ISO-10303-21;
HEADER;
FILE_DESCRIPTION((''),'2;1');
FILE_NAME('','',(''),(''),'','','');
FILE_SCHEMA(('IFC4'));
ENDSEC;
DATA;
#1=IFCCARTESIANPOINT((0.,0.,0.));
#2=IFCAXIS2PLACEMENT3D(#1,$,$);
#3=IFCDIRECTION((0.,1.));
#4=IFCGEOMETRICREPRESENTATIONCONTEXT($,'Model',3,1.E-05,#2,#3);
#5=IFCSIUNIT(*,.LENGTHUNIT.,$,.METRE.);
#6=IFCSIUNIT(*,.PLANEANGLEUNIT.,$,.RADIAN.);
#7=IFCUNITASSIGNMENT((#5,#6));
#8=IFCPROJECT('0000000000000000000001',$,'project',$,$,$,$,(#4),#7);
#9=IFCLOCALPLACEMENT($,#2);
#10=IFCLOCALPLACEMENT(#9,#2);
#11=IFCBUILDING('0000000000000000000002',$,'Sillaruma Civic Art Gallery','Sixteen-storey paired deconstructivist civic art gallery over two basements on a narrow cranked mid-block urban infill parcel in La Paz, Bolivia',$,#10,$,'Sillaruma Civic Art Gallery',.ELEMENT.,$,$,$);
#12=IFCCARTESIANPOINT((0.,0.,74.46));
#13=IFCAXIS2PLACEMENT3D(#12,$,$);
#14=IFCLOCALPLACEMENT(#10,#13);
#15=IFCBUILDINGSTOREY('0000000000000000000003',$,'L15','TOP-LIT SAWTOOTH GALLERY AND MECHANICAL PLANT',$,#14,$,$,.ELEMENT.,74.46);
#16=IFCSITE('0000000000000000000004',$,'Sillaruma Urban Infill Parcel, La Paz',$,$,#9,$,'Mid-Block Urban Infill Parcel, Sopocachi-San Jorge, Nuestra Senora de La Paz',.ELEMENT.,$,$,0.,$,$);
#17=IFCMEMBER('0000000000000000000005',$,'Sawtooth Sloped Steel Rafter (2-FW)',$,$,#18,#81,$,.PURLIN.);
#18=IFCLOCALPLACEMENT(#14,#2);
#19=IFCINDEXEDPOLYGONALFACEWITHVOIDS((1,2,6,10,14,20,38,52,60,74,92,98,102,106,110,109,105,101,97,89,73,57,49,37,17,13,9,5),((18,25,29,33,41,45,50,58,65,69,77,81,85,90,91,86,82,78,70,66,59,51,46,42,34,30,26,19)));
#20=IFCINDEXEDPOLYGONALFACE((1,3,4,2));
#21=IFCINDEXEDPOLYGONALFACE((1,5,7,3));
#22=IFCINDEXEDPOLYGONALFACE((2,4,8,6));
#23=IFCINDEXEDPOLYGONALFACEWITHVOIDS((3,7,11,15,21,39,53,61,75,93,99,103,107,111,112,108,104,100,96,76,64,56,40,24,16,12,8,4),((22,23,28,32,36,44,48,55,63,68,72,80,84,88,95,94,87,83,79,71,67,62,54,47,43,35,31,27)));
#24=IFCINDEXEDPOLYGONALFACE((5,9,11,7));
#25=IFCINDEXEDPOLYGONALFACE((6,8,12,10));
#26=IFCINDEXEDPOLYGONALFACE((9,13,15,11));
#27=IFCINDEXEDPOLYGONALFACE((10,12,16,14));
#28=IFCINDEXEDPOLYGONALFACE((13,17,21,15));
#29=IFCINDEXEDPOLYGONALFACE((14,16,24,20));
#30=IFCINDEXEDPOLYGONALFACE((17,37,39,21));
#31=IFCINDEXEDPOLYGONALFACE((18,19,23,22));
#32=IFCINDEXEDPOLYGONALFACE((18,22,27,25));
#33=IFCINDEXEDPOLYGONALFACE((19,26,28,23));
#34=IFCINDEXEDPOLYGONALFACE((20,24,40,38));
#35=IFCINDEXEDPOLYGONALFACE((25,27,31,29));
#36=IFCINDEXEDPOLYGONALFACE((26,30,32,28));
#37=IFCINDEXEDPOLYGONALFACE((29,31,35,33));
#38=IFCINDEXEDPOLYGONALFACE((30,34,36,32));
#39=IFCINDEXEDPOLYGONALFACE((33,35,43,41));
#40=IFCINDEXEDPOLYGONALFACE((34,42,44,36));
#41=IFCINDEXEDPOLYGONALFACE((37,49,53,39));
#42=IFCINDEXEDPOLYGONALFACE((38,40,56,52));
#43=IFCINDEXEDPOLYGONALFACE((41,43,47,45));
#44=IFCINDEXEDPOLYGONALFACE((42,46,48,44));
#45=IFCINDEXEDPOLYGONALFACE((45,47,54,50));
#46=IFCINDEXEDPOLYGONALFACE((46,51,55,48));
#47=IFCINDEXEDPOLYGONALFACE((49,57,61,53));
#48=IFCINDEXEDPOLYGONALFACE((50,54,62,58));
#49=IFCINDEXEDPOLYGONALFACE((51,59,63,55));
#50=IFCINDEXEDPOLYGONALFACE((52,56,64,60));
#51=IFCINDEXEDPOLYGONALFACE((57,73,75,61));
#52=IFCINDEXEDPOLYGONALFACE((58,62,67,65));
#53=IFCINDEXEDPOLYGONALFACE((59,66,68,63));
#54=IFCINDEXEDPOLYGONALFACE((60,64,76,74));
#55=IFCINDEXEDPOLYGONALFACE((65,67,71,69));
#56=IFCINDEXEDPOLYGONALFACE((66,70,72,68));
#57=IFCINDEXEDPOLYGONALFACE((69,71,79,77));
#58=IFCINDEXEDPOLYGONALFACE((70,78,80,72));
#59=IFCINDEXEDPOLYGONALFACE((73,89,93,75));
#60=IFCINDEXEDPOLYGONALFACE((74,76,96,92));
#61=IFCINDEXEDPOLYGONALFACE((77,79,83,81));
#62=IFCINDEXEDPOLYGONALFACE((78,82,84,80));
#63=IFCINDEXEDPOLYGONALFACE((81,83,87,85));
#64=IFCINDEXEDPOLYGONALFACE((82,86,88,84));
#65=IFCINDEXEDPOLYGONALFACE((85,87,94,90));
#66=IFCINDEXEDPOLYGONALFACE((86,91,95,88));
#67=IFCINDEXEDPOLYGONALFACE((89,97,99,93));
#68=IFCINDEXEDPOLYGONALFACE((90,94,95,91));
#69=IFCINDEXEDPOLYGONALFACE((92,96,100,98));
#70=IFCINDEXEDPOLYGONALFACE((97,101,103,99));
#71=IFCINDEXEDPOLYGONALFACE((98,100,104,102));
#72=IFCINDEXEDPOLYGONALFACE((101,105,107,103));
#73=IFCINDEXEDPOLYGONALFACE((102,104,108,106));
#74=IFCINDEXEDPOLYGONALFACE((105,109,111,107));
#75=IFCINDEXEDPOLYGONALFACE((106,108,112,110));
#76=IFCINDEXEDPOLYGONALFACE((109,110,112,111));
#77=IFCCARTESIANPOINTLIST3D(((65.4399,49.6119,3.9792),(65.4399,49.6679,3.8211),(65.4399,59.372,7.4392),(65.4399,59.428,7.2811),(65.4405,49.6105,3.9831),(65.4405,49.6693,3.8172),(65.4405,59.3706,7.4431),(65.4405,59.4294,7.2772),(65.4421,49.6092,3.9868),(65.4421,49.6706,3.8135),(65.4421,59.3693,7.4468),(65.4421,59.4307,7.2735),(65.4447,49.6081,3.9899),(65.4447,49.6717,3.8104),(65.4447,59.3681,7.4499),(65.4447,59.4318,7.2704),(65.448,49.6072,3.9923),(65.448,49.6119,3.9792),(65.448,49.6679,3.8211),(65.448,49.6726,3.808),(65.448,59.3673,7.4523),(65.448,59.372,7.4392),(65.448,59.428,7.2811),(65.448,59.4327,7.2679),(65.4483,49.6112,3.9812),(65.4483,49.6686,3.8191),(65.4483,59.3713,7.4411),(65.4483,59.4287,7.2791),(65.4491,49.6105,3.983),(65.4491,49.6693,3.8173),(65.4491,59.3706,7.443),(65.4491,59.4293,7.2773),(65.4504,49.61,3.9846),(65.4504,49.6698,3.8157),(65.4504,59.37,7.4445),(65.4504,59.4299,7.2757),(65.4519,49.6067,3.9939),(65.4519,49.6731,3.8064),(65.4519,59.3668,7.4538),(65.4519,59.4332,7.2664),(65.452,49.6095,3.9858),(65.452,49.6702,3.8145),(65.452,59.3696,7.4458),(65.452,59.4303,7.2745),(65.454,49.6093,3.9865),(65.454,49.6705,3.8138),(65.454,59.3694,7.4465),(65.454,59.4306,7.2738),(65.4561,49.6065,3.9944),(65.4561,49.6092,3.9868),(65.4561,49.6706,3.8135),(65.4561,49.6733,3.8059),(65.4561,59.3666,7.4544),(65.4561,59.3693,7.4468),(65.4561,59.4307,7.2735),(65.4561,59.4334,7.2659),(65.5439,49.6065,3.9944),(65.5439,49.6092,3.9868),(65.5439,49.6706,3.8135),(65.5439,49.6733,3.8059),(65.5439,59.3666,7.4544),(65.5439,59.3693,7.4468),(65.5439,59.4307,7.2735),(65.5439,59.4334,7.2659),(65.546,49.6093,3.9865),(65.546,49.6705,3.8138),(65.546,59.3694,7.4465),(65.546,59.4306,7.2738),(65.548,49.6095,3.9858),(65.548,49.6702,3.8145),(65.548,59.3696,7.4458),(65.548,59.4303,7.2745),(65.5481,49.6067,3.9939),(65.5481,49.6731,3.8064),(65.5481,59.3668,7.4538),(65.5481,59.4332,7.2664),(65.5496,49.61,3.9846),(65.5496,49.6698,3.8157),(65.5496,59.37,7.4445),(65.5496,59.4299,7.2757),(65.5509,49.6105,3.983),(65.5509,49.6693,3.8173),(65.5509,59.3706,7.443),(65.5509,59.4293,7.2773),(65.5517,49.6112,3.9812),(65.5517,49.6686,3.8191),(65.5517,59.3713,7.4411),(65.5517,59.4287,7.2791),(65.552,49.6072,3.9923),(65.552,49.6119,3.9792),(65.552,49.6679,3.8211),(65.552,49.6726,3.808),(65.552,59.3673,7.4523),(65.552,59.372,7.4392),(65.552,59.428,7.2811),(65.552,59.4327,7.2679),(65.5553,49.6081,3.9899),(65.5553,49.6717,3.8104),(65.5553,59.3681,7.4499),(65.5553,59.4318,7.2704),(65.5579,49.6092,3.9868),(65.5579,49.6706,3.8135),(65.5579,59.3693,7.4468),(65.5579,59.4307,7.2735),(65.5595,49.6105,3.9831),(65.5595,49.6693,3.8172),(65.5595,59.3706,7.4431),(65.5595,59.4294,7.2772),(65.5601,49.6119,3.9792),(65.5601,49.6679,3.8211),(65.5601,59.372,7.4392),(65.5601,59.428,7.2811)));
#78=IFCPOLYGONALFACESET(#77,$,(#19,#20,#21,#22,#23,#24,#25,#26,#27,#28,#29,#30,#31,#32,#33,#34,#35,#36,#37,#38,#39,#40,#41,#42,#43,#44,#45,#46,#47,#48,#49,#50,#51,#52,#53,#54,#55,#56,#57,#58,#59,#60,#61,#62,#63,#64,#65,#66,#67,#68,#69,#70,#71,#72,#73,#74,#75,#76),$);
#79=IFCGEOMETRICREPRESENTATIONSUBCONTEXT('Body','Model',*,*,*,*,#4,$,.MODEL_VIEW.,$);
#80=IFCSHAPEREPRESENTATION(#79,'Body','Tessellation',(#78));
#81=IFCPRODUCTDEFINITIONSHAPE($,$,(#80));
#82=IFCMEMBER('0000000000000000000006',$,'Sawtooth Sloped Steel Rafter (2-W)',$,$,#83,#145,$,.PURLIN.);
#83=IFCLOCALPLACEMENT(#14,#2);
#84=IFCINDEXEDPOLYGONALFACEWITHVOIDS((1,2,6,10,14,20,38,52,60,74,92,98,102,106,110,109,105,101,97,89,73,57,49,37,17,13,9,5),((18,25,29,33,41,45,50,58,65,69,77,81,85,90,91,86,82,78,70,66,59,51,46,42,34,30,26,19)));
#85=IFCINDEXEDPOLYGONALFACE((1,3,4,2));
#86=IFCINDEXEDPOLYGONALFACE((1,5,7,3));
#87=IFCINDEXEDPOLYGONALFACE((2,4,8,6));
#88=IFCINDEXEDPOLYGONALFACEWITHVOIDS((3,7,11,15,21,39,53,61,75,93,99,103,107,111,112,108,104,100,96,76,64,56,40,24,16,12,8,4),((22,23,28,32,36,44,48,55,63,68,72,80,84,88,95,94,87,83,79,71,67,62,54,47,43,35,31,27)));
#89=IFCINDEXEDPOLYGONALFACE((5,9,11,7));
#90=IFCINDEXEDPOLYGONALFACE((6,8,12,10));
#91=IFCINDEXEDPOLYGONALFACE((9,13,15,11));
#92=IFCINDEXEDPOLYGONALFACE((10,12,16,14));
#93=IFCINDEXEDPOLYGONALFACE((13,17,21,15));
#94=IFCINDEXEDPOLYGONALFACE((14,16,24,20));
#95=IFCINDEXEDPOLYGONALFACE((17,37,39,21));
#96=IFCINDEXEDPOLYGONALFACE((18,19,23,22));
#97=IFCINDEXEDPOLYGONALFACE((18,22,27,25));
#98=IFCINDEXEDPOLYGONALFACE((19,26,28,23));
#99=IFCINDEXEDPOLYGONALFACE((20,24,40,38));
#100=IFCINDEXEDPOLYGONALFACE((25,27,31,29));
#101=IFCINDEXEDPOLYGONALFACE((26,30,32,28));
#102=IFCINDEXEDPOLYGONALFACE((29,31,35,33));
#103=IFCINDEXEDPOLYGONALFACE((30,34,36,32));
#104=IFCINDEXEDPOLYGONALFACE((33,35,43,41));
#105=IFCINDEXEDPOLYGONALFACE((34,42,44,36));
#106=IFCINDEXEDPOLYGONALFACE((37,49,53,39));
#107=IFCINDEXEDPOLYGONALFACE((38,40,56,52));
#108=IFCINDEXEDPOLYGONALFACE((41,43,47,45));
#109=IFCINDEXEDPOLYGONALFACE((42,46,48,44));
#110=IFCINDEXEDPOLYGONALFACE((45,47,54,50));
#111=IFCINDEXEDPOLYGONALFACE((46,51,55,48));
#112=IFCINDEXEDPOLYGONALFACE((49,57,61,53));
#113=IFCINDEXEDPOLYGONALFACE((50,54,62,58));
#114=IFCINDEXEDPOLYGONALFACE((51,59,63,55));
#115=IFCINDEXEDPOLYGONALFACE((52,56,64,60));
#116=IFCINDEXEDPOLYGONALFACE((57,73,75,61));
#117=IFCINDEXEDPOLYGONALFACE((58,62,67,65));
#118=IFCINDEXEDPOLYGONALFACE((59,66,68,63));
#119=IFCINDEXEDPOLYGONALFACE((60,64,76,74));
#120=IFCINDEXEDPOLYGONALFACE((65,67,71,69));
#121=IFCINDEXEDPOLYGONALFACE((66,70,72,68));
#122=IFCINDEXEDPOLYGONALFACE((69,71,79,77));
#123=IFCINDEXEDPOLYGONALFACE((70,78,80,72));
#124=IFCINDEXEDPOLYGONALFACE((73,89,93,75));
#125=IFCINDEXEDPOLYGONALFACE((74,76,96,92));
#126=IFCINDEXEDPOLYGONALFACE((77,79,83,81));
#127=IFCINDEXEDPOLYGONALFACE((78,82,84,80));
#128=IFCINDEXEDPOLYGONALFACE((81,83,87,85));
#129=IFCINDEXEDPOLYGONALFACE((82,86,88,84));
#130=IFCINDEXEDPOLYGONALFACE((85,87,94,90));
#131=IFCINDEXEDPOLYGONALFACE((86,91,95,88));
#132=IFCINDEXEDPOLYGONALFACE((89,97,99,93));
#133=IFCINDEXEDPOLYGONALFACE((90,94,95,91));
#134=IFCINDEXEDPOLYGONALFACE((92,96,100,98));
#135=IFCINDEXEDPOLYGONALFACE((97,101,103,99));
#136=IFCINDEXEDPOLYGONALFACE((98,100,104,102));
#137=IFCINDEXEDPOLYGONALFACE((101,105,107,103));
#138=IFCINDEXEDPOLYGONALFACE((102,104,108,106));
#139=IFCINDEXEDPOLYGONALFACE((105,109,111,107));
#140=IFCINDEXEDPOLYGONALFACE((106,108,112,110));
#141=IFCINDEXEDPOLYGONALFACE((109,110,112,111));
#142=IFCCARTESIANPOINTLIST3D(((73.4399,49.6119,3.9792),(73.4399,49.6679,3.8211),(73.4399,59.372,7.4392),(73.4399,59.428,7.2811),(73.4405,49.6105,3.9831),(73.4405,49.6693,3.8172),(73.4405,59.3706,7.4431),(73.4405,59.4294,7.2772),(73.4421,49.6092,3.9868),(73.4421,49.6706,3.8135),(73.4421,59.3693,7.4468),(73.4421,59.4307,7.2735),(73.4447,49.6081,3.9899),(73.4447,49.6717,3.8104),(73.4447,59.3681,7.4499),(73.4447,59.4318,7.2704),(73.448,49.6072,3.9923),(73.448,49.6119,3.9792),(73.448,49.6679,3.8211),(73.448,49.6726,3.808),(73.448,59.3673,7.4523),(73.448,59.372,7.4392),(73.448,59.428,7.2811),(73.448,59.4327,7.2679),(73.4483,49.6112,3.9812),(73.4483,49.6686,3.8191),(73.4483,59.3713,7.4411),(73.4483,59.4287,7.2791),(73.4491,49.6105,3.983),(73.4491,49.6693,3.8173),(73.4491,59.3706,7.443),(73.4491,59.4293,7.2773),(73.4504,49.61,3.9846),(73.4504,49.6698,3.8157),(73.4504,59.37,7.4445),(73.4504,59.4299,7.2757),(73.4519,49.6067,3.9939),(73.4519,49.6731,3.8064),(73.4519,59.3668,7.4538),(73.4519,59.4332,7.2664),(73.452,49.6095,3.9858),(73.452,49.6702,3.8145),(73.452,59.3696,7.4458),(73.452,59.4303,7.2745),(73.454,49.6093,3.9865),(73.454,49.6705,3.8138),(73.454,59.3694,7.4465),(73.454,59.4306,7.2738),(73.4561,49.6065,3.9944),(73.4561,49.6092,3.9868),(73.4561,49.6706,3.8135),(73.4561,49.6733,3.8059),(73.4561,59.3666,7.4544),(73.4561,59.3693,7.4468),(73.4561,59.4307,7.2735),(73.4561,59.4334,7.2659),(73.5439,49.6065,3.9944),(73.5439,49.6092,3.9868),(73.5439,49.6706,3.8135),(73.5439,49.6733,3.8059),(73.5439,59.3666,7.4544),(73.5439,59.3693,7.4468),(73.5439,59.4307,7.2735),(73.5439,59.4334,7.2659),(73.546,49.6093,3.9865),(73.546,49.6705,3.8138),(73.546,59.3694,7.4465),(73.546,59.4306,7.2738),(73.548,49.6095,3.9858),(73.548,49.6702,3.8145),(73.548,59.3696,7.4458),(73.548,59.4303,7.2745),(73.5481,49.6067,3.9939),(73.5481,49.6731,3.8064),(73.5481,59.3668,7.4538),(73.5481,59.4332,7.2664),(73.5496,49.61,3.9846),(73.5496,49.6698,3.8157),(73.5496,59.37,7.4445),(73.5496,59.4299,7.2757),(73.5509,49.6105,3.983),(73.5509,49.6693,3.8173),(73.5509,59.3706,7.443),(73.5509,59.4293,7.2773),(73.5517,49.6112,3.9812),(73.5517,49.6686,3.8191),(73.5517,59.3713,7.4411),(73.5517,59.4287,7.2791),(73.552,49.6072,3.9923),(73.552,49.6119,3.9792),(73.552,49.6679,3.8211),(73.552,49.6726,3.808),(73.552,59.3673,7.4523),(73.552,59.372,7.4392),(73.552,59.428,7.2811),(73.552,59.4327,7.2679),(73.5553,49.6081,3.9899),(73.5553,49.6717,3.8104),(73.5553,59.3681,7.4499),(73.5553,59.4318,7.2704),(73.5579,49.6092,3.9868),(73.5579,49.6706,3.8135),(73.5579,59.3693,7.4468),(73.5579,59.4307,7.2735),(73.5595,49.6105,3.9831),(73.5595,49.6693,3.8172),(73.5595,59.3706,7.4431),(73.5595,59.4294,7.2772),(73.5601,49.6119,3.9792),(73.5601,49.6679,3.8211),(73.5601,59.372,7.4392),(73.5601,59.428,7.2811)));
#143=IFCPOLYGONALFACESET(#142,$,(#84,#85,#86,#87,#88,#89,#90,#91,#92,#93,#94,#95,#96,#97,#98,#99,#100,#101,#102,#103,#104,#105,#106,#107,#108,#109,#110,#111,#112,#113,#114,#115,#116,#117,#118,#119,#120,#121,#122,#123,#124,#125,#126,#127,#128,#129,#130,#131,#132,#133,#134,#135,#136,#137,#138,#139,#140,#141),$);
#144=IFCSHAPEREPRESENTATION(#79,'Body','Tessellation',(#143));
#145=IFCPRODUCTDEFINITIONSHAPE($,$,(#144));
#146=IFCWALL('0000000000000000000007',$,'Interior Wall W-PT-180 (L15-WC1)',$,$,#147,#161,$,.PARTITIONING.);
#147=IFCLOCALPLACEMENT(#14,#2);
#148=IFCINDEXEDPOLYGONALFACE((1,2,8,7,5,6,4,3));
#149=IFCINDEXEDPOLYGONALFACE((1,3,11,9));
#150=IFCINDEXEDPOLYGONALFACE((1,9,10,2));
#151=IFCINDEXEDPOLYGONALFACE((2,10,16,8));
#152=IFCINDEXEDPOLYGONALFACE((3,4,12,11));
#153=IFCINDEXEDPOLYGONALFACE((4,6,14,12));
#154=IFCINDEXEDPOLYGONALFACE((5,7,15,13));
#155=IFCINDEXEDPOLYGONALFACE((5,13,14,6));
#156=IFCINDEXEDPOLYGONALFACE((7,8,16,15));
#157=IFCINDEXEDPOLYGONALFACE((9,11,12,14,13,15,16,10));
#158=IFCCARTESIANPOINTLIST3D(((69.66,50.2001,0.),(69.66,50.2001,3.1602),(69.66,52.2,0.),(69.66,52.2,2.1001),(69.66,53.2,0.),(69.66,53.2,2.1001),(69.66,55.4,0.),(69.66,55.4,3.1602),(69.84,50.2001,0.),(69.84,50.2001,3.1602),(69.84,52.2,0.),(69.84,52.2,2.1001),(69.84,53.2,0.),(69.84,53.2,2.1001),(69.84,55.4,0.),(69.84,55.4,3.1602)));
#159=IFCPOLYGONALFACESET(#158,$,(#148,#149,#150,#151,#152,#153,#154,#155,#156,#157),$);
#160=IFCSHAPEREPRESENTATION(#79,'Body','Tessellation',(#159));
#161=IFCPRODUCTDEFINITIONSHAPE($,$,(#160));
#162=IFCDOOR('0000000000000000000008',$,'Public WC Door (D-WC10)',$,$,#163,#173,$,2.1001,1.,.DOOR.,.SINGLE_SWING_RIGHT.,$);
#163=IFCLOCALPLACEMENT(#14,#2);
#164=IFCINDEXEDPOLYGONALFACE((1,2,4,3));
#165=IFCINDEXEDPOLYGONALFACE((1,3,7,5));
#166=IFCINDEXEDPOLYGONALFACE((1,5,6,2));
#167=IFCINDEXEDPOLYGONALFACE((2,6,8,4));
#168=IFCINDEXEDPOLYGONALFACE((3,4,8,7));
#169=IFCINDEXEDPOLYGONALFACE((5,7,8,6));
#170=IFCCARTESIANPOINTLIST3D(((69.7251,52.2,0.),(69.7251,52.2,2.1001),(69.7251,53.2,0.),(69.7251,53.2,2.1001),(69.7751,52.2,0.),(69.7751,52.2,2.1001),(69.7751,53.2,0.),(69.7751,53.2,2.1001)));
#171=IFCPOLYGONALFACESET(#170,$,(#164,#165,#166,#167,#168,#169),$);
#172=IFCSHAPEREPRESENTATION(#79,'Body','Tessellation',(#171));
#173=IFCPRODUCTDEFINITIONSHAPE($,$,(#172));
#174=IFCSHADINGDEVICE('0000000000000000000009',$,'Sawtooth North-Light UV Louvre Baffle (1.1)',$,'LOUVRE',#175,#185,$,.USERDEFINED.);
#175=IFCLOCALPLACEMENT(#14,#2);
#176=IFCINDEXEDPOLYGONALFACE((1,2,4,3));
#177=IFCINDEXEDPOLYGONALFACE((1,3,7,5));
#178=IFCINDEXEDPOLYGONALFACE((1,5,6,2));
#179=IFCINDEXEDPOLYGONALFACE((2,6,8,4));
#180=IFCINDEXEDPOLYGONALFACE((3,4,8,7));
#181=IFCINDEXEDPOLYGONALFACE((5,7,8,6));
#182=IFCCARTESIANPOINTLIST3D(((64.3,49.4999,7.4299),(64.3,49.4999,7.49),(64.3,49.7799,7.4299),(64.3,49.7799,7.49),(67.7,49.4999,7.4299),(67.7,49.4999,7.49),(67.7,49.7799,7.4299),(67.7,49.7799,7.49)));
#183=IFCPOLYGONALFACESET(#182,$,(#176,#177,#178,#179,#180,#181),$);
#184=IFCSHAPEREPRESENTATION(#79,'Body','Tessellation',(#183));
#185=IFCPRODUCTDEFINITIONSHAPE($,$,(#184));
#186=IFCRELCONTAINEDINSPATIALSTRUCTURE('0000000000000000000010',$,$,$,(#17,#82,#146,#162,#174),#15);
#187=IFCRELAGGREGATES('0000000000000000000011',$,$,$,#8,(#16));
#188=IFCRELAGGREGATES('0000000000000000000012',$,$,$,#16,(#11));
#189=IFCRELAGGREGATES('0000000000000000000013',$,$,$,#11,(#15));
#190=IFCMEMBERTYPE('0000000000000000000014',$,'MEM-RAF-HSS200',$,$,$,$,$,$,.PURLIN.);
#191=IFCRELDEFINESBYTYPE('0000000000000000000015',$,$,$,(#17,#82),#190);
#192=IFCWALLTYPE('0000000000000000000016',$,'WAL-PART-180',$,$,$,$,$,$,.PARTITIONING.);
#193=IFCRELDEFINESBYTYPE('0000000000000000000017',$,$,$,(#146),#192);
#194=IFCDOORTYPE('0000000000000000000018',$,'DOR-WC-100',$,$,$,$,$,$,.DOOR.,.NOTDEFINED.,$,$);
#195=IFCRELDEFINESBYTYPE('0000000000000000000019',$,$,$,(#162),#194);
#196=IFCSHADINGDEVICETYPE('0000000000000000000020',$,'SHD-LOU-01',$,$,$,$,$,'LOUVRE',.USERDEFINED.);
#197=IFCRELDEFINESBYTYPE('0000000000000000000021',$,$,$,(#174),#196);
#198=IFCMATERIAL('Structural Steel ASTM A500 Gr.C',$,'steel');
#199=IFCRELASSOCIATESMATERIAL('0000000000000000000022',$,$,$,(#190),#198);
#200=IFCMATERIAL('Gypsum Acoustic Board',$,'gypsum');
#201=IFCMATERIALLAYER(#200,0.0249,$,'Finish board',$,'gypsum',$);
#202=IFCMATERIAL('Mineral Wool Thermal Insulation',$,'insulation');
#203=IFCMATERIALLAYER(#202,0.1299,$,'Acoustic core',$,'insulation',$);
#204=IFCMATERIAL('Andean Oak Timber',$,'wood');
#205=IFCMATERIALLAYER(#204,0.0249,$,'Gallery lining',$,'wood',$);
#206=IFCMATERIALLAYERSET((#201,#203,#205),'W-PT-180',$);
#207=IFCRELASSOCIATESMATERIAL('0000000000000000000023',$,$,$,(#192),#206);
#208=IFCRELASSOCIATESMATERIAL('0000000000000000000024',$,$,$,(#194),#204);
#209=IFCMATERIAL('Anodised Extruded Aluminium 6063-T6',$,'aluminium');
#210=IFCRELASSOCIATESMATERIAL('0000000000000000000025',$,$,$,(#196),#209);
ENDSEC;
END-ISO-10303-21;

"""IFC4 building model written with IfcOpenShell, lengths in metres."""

from ifc_helpers import new_model, si_unit, direction, frame, frame_2d, origin, origin_2d, place, context, subcontext, project, spatial, rectangle, hollow_rectangle, extrude, material, layer, layer_set, material_profile, profile_set, type_object, element, fill, save


model = new_model("IFC4")

# Units and contexts
model_context = context("Model", 3, precision=1e-05, world=origin(), true_north=direction((0.0, 1.0)))
body_context = subcontext(model_context, "Body", "Model", "MODEL_VIEW")
ifc_project = project(units=[si_unit("LENGTHUNIT", "METRE"), si_unit("PLANEANGLEUNIT", "RADIAN")], contexts=[model_context])

# Site, building, storey
site_placement = place(None, origin())
site = spatial("IfcSite", under=ifc_project, at=site_placement, Name="Sillaruma Urban Infill Parcel, La Paz", LongName="Mid-Block Urban Infill Parcel, Sopocachi-San Jorge, Nuestra Senora de La Paz", CompositionType="ELEMENT", RefElevation=0.0)
building_placement = place(site_placement, origin())
building = spatial("IfcBuilding", under=site, at=building_placement, Name="Sillaruma Civic Art Gallery", Description="Sixteen-storey paired deconstructivist civic art gallery over two basements on a narrow cranked mid-block urban infill parcel in La Paz, Bolivia", LongName="Sillaruma Civic Art Gallery", CompositionType="ELEMENT")
storey_placement = place(building_placement, frame((0.0, 0.0, 74.46)))
storey = spatial("IfcBuildingStorey", under=building, at=storey_placement, Name="L15", Description="TOP-LIT SAWTOOTH GALLERY AND MECHANICAL PLANT", CompositionType="ELEMENT", Elevation=74.46)

# Members
ifc_material_1 = material(Name="Structural Steel ASTM A500 Gr.C", Category="steel")
ifc_material_profile_1 = material_profile(ifc_material_1, hollow_rectangle(XDim=0.1201, YDim=0.2, WallThickness=0.0081, InnerFilletRadius=0.0081, OuterFilletRadius=0.0161, at=origin_2d()), Name="HSS200x120x8")
ifc_profile_set_1 = profile_set([ifc_material_profile_1], Name="Structural Steel ASTM A500 Gr.C")
member_type_1 = type_object("IfcMemberType", Name="MEM-RAF-HSS200", PredefinedType="PURLIN", material=ifc_profile_set_1)
for number, where, z_axis, x_axis, name in (
    (1, (65.5, 49.6399, 3.9001), (0.0, 0.942527, 0.33413), (-1.0, 0.0, 0.0), "Sawtooth Sloped Steel Rafter (2-FW)"),
    (2, (73.5, 49.6399, 3.9001), (0.0, 0.942527, 0.33413), (-1.0, 0.0, 0.0), "Sawtooth Sloped Steel Rafter (2-W)"),
):
    element("IfcMember", number, at=place(storey_placement, frame(where, z_axis=z_axis, x_axis=x_axis)), inside=storey, type_object=member_type_1, Name=name, PredefinedType="PURLIN", context=body_context, shape_type="SweptSolid", body=[
        extrude(hollow_rectangle(XDim=0.1201, YDim=0.2, WallThickness=0.0081, InnerFilletRadius=0.0081, OuterFilletRadius=0.0161, at=origin_2d()), origin(), (0.0, 0.0, 1.0), 10.3552),
    ])

# Wall, opening, door
ifc_material_2 = material(Name="Gypsum Acoustic Board", Category="gypsum")
ifc_material_3 = material(Name="Mineral Wool Thermal Insulation", Category="insulation")
ifc_material_4 = material(Name="Andean Oak Timber", Category="wood")
ifc_layer_1 = layer(ifc_material_2, 0.0249, Name="Finish board", Category="gypsum")
ifc_layer_2 = layer(ifc_material_3, 0.1299, Name="Acoustic core", Category="insulation")
ifc_layer_3 = layer(ifc_material_4, 0.0249, Name="Gallery lining", Category="wood")
ifc_layer_set_1 = layer_set([ifc_layer_1, ifc_layer_2, ifc_layer_3], Name="W-PT-180")
wall_type_1 = type_object("IfcWallType", Name="WAL-PART-180", PredefinedType="PARTITIONING", material=ifc_layer_set_1)
wall_1_placement = place(storey_placement, frame((69.75, 50.2, 0.0), z_axis=(0.0, 0.0, 1.0), x_axis=(0.0, 1.0, 0.0)))
wall_1 = element("IfcWall", 3, at=wall_1_placement, inside=storey, type_object=wall_type_1, Name="Interior Wall W-PT-180 (L15-WC1)", PredefinedType="PARTITIONING", context=body_context, shape_type="SweptSolid", body=[
    extrude(rectangle(XDim=5.2, YDim=0.1799, at=frame_2d((2.6001, 0.0))), origin(), (0.0, 0.0, 1.0), 3.1602),
])
opening_1_placement = place(wall_1_placement, frame((2.0, 0.0, 0.0)))
opening_1 = element("IfcOpeningElement", 4, at=opening_1_placement, cuts=wall_1, PredefinedType="OPENING", context=body_context, shape_type="SweptSolid", body=[
    extrude(rectangle(XDim=1.0, YDim=2.1001, at=frame_2d((0.5, 1.05))), frame((0.0, 0.0999, 0.0), z_axis=(0.0, -1.0, 0.0), x_axis=(1.0, 0.0, 0.0)), (0.0, 0.0, 1.0), 0.2),
])
door_type_1 = type_object("IfcDoorType", Name="DOR-WC-100", OperationType="NOTDEFINED", PredefinedType="DOOR", material=ifc_material_4)
door_1_placement = place(opening_1_placement, origin())
door_1 = element("IfcDoor", 5, at=door_1_placement, inside=storey, type_object=door_type_1, Name="Public WC Door (D-WC10)", OperationType="SINGLE_SWING_RIGHT", OverallHeight=2.1001, OverallWidth=1.0, PredefinedType="DOOR", context=body_context, shape_type="SweptSolid", body=[
    extrude(rectangle(XDim=1.0, YDim=2.1001, at=frame_2d((0.5, 1.05))), frame((0.0, 0.0249, 0.0), z_axis=(0.0, -1.0, 0.0), x_axis=(1.0, 0.0, 0.0)), (0.0, 0.0, 1.0), 0.05),
])
fill(opening_1, door_1)

# Shading device
ifc_material_5 = material(Name="Anodised Extruded Aluminium 6063-T6", Category="aluminium")
shading_device_type = type_object("IfcShadingDeviceType", Name="SHD-LOU-01", ElementType="LOUVRE", PredefinedType="USERDEFINED", material=ifc_material_5)
shading_device_placement = place(storey_placement, frame((66.0, 49.6399, 7.4299), z_axis=(0.0, 0.0, 1.0), x_axis=(1.0, 0.0, 0.0)))
element("IfcShadingDevice", 6, at=shading_device_placement, inside=storey, type_object=shading_device_type, Name="Sawtooth North-Light UV Louvre Baffle (1.1)", ObjectType="LOUVRE", PredefinedType="USERDEFINED", context=body_context, shape_type="SweptSolid", body=[
    extrude(rectangle(XDim=3.3999, YDim=0.28, at=origin_2d()), origin(), (0.0, 0.0, 1.0), 0.0601),
])

save(model, "model.ifc")
